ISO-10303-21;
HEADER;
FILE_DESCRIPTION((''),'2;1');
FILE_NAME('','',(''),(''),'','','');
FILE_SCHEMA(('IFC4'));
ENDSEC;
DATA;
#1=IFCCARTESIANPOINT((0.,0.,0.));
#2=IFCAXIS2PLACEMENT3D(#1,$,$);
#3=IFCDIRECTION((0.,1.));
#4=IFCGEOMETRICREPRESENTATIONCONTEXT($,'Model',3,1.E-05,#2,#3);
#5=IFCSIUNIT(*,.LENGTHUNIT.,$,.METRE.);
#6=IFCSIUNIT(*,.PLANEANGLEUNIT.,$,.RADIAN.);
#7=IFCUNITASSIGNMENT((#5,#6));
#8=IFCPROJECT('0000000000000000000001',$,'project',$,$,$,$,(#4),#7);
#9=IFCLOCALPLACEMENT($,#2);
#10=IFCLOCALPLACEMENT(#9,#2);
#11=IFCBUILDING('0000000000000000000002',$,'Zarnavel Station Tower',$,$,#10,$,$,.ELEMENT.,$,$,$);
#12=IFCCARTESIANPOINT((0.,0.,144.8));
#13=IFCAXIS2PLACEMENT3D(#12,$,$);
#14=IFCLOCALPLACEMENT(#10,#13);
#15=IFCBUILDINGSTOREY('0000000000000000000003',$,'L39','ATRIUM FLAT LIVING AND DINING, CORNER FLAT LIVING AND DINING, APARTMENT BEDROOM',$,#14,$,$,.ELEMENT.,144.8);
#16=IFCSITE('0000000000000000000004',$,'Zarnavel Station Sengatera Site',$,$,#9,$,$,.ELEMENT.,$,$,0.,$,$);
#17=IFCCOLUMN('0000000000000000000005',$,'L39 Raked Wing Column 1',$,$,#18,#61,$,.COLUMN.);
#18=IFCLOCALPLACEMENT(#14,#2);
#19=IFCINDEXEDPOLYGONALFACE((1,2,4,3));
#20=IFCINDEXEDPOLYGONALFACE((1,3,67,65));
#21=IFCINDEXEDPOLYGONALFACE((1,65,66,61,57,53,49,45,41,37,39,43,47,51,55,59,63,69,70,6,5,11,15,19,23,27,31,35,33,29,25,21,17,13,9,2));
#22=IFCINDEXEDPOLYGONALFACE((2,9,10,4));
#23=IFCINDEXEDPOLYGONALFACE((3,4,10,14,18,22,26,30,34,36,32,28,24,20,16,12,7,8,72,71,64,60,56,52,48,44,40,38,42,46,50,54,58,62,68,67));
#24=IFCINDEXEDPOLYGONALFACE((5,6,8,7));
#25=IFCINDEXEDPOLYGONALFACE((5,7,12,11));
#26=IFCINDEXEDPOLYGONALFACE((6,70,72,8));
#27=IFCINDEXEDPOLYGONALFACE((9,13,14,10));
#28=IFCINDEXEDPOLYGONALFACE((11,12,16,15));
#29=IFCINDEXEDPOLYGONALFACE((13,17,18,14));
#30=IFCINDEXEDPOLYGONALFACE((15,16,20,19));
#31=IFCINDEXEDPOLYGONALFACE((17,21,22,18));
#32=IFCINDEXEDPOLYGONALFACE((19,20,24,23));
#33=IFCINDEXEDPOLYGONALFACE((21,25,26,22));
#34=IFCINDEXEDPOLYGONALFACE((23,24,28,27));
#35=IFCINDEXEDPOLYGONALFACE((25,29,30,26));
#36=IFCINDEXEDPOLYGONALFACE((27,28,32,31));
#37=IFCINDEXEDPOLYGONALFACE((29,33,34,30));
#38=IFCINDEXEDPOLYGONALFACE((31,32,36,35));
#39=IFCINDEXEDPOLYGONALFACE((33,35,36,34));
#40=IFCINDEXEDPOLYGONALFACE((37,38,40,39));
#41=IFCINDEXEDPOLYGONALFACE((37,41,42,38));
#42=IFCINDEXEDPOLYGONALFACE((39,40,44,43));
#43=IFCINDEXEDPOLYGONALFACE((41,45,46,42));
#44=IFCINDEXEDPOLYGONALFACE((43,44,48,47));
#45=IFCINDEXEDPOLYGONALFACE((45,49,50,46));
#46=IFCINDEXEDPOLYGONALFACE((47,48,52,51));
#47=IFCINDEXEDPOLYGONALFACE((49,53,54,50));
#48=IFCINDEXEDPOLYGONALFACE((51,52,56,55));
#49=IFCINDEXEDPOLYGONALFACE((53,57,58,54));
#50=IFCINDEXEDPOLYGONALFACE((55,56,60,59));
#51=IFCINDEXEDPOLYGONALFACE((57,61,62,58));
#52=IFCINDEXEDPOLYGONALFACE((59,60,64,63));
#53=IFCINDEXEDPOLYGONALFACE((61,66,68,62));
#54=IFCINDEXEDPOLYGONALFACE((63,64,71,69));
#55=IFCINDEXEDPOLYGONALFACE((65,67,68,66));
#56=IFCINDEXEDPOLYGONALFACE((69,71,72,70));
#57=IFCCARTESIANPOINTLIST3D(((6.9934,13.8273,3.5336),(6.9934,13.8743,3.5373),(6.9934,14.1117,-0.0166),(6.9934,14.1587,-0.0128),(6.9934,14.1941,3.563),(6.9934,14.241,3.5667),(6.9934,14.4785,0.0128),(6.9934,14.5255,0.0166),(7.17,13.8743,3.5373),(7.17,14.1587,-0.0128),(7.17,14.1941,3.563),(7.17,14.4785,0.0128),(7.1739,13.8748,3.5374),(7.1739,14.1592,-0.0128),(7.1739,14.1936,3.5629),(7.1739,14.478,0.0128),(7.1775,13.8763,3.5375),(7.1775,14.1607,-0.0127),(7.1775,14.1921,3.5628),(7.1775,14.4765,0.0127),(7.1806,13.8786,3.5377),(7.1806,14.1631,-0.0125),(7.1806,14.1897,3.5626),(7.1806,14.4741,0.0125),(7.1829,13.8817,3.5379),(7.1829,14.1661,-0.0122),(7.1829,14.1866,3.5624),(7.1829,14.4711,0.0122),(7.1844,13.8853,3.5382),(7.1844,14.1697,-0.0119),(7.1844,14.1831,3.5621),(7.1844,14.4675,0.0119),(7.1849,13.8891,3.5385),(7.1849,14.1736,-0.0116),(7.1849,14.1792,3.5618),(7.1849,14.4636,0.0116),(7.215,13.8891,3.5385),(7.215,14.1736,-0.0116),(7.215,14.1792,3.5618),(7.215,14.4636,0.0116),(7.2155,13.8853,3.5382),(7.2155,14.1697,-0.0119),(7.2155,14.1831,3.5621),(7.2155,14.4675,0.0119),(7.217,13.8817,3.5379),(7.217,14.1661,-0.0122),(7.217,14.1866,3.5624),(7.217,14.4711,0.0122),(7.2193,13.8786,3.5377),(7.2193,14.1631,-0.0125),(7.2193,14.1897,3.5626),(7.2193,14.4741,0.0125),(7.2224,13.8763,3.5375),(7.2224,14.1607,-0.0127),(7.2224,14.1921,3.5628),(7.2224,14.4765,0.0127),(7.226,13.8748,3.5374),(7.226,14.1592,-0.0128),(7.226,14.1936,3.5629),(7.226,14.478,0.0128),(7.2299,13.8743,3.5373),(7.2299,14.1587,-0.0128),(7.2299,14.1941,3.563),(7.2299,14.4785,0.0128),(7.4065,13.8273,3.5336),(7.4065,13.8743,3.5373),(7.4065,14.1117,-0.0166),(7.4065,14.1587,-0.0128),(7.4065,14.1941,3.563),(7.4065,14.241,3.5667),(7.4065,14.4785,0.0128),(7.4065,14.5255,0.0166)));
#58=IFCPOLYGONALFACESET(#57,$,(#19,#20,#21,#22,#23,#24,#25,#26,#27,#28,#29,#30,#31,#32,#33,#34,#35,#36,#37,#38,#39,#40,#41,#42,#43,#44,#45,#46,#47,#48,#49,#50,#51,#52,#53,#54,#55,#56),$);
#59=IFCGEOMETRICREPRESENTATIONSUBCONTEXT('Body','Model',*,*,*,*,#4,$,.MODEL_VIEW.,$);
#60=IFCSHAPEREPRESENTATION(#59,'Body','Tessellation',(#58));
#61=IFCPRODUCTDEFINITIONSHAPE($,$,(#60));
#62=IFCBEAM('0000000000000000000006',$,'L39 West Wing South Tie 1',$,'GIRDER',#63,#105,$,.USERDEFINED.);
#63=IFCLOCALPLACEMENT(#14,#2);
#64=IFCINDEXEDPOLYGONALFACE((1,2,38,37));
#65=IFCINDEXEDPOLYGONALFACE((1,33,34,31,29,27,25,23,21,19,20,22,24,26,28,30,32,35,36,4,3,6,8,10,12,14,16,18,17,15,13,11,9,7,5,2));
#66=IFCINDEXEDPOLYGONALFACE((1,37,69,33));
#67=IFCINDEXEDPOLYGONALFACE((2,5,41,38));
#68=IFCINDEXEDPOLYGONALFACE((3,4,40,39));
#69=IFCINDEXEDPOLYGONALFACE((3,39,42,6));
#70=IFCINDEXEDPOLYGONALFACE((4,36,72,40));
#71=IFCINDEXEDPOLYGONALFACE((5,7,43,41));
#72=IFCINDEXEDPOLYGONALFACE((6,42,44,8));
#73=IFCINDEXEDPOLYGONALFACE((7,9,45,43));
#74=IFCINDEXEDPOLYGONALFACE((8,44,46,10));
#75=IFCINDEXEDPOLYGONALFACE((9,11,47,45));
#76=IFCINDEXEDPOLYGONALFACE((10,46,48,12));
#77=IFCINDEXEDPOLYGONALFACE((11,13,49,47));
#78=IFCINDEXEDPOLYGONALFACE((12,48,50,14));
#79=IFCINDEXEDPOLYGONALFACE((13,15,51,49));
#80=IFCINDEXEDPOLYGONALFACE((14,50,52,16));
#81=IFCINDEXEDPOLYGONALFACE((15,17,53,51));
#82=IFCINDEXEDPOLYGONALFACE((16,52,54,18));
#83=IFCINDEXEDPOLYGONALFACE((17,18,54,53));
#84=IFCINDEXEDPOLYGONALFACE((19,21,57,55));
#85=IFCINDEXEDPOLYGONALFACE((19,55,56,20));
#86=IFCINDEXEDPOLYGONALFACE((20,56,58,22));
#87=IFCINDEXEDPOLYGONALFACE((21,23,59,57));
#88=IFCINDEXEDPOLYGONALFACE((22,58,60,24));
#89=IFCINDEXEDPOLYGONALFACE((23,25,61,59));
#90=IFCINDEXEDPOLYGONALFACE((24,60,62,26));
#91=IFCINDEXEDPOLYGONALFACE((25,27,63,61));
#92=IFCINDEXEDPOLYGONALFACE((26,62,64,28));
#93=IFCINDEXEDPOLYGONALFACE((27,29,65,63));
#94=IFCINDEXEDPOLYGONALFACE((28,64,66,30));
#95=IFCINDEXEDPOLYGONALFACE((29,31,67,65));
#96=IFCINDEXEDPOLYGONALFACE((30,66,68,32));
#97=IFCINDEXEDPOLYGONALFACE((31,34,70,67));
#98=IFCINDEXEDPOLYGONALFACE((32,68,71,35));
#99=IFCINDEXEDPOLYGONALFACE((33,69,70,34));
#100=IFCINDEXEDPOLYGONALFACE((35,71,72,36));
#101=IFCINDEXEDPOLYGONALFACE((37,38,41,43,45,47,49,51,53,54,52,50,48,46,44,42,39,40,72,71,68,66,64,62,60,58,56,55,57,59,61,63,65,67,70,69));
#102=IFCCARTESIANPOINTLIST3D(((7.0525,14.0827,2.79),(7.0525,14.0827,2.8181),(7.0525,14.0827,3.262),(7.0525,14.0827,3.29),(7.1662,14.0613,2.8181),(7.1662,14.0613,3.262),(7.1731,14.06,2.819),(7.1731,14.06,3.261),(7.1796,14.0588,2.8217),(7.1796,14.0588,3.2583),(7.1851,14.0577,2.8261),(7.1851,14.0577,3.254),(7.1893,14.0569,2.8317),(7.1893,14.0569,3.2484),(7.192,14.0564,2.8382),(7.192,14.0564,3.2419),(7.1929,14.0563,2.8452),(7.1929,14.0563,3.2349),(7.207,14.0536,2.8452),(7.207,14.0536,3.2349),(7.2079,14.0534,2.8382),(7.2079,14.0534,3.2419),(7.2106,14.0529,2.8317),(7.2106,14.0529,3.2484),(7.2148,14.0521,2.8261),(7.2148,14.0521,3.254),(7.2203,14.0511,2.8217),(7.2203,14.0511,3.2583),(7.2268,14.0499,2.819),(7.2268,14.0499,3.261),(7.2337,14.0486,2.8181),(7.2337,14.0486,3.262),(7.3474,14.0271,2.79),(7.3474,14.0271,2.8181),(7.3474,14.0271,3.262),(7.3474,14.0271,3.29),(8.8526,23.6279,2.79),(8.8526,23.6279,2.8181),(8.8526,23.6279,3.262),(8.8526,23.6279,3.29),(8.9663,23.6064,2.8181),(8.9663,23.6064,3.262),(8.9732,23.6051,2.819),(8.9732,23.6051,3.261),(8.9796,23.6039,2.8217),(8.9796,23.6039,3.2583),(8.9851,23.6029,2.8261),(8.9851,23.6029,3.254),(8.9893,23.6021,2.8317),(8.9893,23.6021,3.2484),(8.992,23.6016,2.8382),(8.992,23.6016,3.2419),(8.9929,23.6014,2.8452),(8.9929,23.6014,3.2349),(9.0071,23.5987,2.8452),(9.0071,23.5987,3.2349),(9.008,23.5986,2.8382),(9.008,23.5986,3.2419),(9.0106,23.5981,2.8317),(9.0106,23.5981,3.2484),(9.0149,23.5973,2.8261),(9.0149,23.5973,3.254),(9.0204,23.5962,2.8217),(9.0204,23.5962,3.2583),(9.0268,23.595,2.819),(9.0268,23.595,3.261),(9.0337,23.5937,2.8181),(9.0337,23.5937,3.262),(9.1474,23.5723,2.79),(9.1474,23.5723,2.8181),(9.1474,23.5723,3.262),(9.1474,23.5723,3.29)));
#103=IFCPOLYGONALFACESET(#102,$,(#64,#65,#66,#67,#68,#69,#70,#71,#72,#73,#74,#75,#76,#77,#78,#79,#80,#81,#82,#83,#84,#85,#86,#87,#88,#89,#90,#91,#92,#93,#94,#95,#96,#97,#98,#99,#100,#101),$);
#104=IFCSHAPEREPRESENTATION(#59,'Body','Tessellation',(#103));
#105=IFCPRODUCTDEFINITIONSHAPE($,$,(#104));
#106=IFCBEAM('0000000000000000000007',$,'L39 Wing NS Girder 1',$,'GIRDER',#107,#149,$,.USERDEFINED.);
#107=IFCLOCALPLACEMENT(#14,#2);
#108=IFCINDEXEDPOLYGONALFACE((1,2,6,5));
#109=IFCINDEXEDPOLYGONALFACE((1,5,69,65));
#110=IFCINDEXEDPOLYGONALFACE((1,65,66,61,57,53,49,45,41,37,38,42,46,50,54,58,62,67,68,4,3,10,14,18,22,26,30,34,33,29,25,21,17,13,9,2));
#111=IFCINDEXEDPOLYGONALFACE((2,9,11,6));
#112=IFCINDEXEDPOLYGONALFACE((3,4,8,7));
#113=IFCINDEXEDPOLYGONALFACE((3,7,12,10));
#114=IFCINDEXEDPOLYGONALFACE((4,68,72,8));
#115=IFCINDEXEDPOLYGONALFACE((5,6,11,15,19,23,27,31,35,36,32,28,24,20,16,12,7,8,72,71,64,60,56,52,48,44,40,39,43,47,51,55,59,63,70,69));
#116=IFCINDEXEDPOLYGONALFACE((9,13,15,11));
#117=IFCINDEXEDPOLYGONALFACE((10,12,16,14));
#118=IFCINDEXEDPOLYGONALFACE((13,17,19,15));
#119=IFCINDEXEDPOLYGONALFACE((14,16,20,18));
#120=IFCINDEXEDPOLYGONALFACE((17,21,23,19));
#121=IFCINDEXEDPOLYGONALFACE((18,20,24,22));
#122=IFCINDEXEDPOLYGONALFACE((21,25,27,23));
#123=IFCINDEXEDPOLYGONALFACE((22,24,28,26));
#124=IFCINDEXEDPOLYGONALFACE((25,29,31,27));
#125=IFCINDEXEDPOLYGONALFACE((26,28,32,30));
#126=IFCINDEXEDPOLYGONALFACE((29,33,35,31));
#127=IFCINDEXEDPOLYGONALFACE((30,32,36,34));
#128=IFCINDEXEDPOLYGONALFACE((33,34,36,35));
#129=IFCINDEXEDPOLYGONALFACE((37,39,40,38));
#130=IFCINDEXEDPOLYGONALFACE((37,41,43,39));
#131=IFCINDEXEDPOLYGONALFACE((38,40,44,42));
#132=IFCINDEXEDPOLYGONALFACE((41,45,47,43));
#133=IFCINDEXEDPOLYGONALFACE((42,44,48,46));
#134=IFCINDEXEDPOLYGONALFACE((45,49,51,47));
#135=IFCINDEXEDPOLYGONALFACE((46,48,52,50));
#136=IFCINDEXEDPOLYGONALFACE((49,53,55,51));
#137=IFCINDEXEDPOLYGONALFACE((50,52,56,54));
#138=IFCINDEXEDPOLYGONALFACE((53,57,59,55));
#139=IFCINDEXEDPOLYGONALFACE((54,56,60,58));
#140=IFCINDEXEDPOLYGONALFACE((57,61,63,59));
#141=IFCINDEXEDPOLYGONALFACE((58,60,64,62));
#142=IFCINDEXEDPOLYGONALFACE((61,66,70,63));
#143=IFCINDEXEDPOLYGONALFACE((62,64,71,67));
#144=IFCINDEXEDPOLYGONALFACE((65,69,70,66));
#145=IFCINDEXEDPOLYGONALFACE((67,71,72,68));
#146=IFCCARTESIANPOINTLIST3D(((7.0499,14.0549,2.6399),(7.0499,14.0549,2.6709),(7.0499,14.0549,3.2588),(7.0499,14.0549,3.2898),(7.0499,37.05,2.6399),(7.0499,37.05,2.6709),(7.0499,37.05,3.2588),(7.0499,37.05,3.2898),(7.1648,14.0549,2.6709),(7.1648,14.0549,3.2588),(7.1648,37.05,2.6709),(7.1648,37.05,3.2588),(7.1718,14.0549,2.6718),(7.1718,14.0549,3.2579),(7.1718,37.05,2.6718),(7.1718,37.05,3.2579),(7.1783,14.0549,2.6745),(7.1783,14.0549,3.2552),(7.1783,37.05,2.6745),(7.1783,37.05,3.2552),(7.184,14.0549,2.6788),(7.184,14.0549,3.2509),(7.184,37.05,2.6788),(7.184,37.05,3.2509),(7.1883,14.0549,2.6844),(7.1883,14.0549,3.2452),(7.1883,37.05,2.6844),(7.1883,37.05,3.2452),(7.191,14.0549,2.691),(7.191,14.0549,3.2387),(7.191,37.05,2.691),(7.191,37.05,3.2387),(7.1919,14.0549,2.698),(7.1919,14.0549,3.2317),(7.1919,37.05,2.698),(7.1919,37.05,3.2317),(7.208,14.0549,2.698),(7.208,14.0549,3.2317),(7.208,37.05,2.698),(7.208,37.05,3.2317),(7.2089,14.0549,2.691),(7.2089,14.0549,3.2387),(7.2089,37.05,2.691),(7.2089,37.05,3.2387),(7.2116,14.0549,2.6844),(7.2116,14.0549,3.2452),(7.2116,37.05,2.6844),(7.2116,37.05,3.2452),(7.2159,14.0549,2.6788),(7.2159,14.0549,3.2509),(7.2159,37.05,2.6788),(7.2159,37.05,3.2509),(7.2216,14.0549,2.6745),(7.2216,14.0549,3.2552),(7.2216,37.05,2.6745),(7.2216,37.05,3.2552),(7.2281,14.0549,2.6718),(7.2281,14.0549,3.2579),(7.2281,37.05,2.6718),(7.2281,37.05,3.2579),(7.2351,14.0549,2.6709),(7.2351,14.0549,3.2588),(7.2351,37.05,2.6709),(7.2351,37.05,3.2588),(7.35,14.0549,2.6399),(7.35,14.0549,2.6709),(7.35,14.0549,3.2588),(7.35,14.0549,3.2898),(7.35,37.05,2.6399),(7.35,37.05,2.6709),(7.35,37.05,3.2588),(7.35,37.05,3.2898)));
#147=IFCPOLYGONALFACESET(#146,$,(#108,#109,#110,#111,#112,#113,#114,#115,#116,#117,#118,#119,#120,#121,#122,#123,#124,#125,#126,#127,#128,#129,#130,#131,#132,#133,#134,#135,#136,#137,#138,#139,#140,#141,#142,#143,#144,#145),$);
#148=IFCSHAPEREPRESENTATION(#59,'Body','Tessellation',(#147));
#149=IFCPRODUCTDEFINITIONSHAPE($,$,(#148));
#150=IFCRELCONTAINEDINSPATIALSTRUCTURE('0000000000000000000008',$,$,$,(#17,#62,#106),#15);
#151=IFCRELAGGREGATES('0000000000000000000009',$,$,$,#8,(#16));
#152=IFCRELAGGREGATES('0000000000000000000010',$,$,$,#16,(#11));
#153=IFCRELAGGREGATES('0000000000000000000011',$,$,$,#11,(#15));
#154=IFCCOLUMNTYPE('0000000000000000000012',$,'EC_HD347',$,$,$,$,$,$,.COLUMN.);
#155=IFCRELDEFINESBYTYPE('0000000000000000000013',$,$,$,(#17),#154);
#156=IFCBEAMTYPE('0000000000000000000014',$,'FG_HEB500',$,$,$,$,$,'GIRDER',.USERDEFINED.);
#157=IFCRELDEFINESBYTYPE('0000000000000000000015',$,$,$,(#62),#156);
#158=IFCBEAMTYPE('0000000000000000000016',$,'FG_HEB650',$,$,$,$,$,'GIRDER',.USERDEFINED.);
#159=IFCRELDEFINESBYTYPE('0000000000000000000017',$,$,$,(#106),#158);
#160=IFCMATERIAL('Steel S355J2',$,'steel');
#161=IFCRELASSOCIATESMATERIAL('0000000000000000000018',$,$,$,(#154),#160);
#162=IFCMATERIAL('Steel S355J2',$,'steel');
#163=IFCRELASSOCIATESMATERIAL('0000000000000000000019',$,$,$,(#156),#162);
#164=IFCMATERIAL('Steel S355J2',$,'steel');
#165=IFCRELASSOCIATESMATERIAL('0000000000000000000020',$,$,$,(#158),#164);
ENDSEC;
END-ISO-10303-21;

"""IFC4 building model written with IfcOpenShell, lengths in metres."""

from ifc_helpers import new_model, si_unit, direction, frame, origin, origin_2d, place, context, subcontext, project, spatial, i_section, extrude, material, material_profile, profile_set, type_object, element, save


model = new_model("IFC4")

# Units and contexts
model_context = context("Model", 3, precision=1e-05, world=origin(), true_north=direction((0.0, 1.0)))
body_context = subcontext(model_context, "Body", "Model", "MODEL_VIEW")
ifc_project = project(units=[si_unit("LENGTHUNIT", "METRE"), si_unit("PLANEANGLEUNIT", "RADIAN")], contexts=[model_context])

# Site, building, storey
site_placement = place(None, origin())
site = spatial("IfcSite", under=ifc_project, at=site_placement, Name="Zarnavel Station Sengatera Site", CompositionType="ELEMENT", RefElevation=0.0)
building_placement = place(site_placement, origin())
building = spatial("IfcBuilding", under=site, at=building_placement, Name="Zarnavel Station Tower", CompositionType="ELEMENT")
storey_placement = place(building_placement, frame((0.0, 0.0, 144.8)))
storey = spatial("IfcBuildingStorey", under=building, at=storey_placement, Name="L39", Description="ATRIUM FLAT LIVING AND DINING, CORNER FLAT LIVING AND DINING, APARTMENT BEDROOM", CompositionType="ELEMENT", Elevation=144.8)

# Column
ifc_material_1 = material(Name="Steel S355J2", Category="steel")
ifc_material_profile_1 = material_profile(ifc_material_1, i_section(OverallWidth=0.4131, OverallDepth=0.415, WebThickness=0.03, FlangeThickness=0.0471, FilletRadius=0.0149, at=origin_2d()), Name="HD400x347")
ifc_profile_set_1 = profile_set([ifc_material_profile_1], Name="Steel S355J2")
column_type = type_object("IfcColumnType", Name="EC_HD347", PredefinedType="COLUMN", material=ifc_profile_set_1)
column_placement = place(storey_placement, frame((7.2, 14.3186, 0.0), z_axis=(0.0, -0.079862, 0.996806), x_axis=(1.0, 0.0, 0.0)))
element("IfcColumn", 1, at=column_placement, inside=storey, type_object=column_type, Name="L39 Raked Wing Column 1", PredefinedType="COLUMN", context=body_context, shape_type="SweptSolid", body=[
    extrude(i_section(OverallWidth=0.4131, OverallDepth=0.415, WebThickness=0.03, FlangeThickness=0.0471, FilletRadius=0.0149, at=origin_2d()), origin(), (0.0, 0.0, 1.0), 3.5615),
])

# Beams
ifc_material_2 = material(Name="Steel S355J2", Category="steel")
ifc_material_profile_2 = material_profile(ifc_material_2, i_section(OverallWidth=0.3, OverallDepth=0.5, WebThickness=0.0144, FlangeThickness=0.0281, FilletRadius=0.0271, at=origin_2d()), Name="HEB500")
ifc_profile_set_2 = profile_set([ifc_material_profile_2], Name="Steel S355J2")
beam_type_1 = type_object("IfcBeamType", Name="FG_HEB500", ElementType="GIRDER", PredefinedType="USERDEFINED", material=ifc_profile_set_2)
beam_1_placement = place(storey_placement, frame((7.2, 14.0549, 3.04), z_axis=(0.185316, 0.982679, 0.0), x_axis=(-0.982679, 0.185316, 0.0)))
element("IfcBeam", 2, at=beam_1_placement, inside=storey, type_object=beam_type_1, Name="L39 West Wing South Tie 1", ObjectType="GIRDER", PredefinedType="USERDEFINED", context=body_context, shape_type="SweptSolid", body=[
    extrude(i_section(OverallWidth=0.3, OverallDepth=0.5, WebThickness=0.0144, FlangeThickness=0.0281, FilletRadius=0.0271, at=origin_2d()), origin(), (0.0, 0.0, 1.0), 9.7134),
])
ifc_material_3 = material(Name="Steel S355J2", Category="steel")
ifc_material_profile_3 = material_profile(ifc_material_3, i_section(OverallWidth=0.3, OverallDepth=0.6499, WebThickness=0.0161, FlangeThickness=0.031, FilletRadius=0.0271, at=origin_2d()), Name="HEB650")
ifc_profile_set_3 = profile_set([ifc_material_profile_3], Name="Steel S355J2")
beam_type_2 = type_object("IfcBeamType", Name="FG_HEB650", ElementType="GIRDER", PredefinedType="USERDEFINED", material=ifc_profile_set_3)
beam_2_placement = place(storey_placement, frame((7.2, 14.0549, 2.9648), z_axis=(0.0, 1.0, 0.0), x_axis=(-1.0, 0.0, 0.0)))
element("IfcBeam", 3, at=beam_2_placement, inside=storey, type_object=beam_type_2, Name="L39 Wing NS Girder 1", ObjectType="GIRDER", PredefinedType="USERDEFINED", context=body_context, shape_type="SweptSolid", body=[
    extrude(i_section(OverallWidth=0.3, OverallDepth=0.6499, WebThickness=0.0161, FlangeThickness=0.031, FilletRadius=0.0271, at=origin_2d()), origin(), (0.0, 0.0, 1.0), 22.9951),
])

save(model, "model.ifc")
